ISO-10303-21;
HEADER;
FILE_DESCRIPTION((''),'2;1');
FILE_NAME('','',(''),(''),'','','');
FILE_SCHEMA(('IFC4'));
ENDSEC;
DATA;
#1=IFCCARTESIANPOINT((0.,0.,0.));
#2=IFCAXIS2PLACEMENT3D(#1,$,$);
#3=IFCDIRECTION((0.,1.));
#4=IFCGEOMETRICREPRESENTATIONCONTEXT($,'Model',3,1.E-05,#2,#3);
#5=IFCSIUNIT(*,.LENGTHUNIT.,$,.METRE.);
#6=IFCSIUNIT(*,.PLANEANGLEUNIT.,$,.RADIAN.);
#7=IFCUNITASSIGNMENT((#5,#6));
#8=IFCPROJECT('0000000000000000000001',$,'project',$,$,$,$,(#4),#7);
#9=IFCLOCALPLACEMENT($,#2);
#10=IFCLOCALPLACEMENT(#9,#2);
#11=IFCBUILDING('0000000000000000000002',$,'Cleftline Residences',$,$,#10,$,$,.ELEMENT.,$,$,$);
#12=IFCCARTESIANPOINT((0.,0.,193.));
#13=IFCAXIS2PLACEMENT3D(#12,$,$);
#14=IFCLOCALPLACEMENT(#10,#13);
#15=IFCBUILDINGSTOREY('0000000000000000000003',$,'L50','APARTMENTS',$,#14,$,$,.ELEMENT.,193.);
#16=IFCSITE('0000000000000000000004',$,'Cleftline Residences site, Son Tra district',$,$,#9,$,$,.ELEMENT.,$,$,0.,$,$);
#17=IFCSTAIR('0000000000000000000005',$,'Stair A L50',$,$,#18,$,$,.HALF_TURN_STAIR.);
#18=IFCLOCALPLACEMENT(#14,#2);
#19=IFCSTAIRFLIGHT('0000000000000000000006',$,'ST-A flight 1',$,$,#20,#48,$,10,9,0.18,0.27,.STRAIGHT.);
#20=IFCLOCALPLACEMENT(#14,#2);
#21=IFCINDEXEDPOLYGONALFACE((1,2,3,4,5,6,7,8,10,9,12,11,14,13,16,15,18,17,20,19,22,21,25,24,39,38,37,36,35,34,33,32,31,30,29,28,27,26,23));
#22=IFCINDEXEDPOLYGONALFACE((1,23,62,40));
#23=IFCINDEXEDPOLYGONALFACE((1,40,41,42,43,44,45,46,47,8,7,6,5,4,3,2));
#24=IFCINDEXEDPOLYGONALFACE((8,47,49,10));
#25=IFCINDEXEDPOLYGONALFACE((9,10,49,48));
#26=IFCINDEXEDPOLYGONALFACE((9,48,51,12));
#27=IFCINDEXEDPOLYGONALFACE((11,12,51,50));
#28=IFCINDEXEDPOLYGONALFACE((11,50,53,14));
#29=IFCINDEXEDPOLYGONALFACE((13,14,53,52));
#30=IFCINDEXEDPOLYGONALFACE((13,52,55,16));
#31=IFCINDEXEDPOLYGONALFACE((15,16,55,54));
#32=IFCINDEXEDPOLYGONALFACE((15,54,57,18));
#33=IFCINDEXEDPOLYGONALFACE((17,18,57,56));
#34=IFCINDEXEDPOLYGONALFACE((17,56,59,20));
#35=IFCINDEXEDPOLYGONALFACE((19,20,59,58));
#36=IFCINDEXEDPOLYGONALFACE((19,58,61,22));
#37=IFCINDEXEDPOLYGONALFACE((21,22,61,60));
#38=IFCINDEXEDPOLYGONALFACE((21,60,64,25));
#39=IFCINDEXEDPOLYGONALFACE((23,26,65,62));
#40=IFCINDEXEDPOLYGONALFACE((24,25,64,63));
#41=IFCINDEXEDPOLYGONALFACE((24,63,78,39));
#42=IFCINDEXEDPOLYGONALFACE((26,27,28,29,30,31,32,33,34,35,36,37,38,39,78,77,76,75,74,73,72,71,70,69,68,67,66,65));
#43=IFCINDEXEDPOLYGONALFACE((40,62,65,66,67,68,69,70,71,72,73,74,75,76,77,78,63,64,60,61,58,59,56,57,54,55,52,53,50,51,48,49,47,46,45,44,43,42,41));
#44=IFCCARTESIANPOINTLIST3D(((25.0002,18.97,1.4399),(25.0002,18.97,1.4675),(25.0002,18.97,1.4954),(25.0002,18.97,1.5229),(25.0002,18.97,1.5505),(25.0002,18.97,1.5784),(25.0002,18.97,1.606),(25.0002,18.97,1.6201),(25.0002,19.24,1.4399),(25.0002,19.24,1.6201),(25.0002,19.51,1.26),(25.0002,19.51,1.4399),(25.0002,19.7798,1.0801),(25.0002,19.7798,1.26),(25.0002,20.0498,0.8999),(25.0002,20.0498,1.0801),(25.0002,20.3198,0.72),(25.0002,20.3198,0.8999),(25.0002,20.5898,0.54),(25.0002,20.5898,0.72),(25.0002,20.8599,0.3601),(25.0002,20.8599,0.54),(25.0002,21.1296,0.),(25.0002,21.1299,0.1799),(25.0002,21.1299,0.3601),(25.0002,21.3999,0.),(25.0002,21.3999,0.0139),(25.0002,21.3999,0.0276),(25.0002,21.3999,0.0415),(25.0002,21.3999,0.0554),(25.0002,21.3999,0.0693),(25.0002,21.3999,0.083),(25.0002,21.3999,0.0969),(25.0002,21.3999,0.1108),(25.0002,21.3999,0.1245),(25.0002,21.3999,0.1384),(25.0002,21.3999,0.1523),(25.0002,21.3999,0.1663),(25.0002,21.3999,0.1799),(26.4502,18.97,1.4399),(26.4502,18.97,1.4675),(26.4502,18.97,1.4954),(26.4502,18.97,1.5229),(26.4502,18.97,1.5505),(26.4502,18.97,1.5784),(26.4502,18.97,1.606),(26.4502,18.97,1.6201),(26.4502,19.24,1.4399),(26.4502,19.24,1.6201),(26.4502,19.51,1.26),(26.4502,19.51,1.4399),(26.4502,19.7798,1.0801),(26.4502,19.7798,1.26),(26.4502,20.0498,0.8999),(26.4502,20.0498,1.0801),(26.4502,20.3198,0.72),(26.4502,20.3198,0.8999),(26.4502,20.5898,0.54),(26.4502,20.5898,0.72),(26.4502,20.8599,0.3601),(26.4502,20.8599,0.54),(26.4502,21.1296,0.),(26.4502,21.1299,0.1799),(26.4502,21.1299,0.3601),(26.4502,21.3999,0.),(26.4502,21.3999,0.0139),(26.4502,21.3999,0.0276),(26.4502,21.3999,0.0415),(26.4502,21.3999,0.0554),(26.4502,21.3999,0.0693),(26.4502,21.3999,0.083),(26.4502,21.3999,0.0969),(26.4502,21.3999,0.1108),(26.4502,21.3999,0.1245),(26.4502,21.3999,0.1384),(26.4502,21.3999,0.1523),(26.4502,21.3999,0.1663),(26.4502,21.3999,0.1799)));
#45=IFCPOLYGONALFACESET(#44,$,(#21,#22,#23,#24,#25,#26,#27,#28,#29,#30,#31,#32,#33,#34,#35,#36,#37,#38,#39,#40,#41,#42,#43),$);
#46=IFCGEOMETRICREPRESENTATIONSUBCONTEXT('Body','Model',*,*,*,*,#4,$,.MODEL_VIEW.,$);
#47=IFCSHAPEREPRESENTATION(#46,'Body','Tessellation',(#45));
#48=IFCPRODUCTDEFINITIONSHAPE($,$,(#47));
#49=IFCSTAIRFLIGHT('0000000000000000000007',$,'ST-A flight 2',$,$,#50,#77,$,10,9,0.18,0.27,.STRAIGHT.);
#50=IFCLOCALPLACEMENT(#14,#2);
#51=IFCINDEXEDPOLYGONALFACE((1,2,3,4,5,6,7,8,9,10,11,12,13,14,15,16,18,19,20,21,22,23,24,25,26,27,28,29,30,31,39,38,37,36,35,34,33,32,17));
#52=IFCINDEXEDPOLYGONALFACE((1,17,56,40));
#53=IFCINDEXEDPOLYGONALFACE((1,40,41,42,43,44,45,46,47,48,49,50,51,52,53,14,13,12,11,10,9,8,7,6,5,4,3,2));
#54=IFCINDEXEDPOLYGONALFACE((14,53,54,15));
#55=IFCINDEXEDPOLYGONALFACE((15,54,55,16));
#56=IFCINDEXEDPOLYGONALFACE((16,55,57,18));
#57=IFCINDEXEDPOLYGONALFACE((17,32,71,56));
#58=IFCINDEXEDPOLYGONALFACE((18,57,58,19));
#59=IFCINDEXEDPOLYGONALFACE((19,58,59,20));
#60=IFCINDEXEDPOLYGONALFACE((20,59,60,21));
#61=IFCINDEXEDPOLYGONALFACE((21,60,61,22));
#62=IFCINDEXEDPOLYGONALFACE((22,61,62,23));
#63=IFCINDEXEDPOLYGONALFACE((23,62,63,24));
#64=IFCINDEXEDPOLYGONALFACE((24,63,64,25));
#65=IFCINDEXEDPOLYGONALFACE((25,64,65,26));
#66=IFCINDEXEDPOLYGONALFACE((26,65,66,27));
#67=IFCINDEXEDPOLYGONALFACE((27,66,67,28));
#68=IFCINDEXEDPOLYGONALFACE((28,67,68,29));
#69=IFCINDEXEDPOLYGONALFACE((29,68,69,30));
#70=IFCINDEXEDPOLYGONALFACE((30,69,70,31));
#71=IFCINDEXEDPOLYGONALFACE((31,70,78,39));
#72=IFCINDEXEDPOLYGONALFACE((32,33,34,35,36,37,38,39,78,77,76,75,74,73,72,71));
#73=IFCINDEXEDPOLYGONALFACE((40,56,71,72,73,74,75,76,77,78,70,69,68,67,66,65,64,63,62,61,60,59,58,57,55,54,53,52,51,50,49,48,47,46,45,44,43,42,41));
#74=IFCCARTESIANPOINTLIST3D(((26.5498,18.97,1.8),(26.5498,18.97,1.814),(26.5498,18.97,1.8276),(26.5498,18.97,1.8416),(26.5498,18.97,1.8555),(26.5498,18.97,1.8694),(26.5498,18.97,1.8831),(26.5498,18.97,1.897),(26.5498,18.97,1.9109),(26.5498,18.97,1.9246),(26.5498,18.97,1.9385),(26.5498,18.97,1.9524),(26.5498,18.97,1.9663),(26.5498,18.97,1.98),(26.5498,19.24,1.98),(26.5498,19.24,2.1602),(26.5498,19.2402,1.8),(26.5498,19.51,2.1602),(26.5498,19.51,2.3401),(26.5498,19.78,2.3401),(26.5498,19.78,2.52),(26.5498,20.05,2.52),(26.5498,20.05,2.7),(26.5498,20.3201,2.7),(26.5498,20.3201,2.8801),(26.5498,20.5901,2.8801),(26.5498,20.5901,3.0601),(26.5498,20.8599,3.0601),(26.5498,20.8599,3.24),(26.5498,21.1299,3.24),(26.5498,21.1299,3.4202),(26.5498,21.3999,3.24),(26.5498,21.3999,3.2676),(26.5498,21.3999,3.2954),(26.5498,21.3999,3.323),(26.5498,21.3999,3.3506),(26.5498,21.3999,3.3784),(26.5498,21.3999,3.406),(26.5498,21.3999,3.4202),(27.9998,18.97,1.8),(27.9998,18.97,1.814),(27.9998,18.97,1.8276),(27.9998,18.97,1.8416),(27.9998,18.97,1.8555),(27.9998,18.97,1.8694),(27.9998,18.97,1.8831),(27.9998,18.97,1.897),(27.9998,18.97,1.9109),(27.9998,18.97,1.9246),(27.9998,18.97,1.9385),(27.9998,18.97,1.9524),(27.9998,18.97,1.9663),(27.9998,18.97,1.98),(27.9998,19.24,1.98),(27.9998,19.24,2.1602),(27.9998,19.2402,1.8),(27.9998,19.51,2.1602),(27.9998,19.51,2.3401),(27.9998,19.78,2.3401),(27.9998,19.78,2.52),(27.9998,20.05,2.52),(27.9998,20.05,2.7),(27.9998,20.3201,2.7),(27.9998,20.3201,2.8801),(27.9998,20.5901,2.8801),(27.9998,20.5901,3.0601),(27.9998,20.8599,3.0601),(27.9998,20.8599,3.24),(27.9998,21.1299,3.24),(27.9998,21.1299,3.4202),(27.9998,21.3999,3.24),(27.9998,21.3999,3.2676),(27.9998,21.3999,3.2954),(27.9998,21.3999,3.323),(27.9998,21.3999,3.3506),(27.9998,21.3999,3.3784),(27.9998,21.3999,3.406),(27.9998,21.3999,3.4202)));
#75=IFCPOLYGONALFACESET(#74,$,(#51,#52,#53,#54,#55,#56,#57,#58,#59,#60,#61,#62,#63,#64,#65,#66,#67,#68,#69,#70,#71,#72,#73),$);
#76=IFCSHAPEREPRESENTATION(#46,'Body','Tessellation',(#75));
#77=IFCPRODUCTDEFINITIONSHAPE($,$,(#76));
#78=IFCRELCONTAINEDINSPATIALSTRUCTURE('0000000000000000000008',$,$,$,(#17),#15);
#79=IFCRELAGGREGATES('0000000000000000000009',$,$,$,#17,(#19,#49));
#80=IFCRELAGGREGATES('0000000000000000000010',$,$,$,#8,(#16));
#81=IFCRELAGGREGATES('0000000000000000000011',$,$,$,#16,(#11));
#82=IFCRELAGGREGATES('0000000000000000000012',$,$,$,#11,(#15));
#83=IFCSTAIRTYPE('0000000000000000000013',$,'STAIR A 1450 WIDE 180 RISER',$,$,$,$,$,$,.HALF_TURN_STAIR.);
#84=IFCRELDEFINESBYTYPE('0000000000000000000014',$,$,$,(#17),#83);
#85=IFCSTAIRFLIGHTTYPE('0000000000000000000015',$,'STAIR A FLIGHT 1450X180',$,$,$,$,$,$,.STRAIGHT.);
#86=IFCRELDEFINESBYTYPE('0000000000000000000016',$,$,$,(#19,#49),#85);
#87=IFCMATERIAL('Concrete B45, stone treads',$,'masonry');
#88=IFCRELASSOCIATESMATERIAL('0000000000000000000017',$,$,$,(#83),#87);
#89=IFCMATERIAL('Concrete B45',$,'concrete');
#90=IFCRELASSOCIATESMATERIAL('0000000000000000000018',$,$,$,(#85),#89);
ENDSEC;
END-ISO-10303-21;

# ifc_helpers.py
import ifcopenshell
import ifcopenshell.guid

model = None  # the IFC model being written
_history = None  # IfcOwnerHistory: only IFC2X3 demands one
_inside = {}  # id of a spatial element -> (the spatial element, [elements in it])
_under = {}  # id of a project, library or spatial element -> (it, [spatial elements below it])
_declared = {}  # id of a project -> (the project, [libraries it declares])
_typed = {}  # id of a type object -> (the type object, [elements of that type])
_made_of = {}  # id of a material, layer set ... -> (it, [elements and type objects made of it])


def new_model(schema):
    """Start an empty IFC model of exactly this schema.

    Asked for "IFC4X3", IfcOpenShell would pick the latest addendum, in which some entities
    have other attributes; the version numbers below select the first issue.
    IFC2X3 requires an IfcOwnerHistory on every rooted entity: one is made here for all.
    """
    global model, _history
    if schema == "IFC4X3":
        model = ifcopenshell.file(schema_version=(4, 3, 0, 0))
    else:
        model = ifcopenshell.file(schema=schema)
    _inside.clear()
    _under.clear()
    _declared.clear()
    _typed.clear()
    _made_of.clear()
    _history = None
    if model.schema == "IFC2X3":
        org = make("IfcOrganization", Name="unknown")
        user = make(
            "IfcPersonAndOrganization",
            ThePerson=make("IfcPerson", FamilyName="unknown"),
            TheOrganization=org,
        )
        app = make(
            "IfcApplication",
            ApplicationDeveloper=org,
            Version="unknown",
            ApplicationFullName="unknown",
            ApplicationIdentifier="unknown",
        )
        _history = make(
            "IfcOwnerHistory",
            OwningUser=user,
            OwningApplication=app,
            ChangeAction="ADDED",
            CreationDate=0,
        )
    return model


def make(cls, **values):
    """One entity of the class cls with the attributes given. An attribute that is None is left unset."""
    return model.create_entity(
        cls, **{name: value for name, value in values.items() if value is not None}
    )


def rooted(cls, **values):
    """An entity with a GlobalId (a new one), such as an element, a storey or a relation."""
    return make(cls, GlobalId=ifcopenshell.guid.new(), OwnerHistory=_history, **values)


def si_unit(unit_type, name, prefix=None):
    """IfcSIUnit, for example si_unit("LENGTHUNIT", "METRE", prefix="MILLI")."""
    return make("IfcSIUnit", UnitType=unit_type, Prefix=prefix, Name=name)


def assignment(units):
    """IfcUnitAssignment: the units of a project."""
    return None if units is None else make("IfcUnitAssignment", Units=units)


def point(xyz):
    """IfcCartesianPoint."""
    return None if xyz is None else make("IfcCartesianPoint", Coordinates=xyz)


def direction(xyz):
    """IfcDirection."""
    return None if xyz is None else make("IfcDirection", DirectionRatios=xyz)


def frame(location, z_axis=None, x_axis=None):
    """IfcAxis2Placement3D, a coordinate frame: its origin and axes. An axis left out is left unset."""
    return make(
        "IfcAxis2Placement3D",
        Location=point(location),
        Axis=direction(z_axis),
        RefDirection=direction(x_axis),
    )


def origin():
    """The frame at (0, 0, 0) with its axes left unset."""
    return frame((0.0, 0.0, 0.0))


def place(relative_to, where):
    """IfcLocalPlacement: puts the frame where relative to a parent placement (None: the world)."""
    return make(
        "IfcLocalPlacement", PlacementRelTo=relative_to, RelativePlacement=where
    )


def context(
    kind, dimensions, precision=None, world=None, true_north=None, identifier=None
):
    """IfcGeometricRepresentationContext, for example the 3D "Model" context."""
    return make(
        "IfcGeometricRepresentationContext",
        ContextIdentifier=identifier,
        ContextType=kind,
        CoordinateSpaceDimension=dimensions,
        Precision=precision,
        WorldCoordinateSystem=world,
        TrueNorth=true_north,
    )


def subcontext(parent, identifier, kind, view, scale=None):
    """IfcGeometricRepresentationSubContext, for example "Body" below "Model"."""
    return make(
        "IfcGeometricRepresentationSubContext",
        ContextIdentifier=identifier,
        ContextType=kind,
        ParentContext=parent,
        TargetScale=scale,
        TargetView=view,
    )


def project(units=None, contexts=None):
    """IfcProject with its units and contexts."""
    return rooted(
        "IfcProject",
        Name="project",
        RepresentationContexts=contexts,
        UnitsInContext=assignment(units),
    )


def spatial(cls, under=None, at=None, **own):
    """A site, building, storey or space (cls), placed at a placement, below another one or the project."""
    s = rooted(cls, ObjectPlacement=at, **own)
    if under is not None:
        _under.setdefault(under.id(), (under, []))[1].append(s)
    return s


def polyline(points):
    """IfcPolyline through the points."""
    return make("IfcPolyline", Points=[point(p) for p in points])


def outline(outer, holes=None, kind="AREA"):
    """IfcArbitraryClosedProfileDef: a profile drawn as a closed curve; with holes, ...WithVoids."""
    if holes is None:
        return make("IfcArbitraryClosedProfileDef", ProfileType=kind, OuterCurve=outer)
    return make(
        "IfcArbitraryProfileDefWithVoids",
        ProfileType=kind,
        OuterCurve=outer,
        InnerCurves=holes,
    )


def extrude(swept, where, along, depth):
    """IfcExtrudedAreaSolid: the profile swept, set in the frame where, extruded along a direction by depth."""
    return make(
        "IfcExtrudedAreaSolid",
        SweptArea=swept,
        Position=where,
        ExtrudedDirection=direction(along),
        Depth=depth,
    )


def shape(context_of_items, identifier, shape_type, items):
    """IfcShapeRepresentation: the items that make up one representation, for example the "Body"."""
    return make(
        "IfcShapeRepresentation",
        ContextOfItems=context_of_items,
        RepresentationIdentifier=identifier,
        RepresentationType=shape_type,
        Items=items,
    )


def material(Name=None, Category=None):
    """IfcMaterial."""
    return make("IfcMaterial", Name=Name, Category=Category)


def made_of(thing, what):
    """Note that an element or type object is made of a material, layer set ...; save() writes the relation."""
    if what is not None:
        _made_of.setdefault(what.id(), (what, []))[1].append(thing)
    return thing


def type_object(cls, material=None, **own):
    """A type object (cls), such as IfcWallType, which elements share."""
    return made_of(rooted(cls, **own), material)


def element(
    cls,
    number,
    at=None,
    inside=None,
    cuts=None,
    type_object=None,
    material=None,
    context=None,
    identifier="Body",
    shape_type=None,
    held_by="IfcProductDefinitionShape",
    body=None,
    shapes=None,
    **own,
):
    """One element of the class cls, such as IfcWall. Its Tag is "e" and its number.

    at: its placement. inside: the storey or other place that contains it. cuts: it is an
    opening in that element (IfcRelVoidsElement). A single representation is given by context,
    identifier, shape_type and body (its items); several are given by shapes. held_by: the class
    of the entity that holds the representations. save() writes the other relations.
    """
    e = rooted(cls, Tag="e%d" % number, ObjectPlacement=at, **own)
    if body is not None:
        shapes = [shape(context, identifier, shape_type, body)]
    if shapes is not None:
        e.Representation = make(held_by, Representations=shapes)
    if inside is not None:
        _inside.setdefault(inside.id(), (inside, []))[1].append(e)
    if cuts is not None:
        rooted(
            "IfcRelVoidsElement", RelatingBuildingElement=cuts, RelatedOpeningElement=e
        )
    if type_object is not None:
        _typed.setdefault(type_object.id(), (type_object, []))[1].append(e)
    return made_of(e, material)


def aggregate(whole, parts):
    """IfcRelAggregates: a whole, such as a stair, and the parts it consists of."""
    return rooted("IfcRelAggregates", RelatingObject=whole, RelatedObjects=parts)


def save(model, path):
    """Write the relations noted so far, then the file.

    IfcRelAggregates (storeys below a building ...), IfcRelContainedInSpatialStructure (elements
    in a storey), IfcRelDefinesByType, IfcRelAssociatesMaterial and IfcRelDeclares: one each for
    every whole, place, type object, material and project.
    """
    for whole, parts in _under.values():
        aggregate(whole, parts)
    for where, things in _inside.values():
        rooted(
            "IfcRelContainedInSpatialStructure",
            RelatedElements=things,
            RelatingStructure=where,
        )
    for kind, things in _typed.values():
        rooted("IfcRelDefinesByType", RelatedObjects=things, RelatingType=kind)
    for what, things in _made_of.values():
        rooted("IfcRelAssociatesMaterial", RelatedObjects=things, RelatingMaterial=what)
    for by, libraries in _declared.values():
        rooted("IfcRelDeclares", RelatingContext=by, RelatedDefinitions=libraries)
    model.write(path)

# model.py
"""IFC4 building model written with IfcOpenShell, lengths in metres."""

from ifc_helpers import new_model, si_unit, direction, frame, origin, place, context, subcontext, project, spatial, polyline, outline, extrude, material, type_object, element, aggregate, save


model = new_model("IFC4")

# Units and contexts
model_context = context("Model", 3, precision=1e-05, world=origin(), true_north=direction((0.0, 1.0)))
body_context = subcontext(model_context, "Body", "Model", "MODEL_VIEW")
ifc_project = project(units=[si_unit("LENGTHUNIT", "METRE"), si_unit("PLANEANGLEUNIT", "RADIAN")], contexts=[model_context])

# Site, building, storey
site_placement = place(None, origin())
site = spatial("IfcSite", under=ifc_project, at=site_placement, Name="Cleftline Residences site, Son Tra district", CompositionType="ELEMENT", RefElevation=0.0)
building_placement = place(site_placement, origin())
building = spatial("IfcBuilding", under=site, at=building_placement, Name="Cleftline Residences", CompositionType="ELEMENT")
storey_placement = place(building_placement, frame((0.0, 0.0, 193.0)))
storey = spatial("IfcBuildingStorey", under=building, at=storey_placement, Name="L50", Description="APARTMENTS", CompositionType="ELEMENT", Elevation=193.0)

# Stair, stair flights
ifc_material_1 = material(Name="Concrete B45, stone treads", Category="masonry")
stair_type = type_object("IfcStairType", Name="STAIR A 1450 WIDE 180 RISER", PredefinedType="HALF_TURN_STAIR", material=ifc_material_1)
stair_placement = place(storey_placement, origin())
stair = element("IfcStair", 1, at=stair_placement, inside=storey, type_object=stair_type, Name="Stair A L50", PredefinedType="HALF_TURN_STAIR")
ifc_material_2 = material(Name="Concrete B45", Category="concrete")
stair_flight_type = type_object("IfcStairFlightType", Name="STAIR A FLIGHT 1450X180", PredefinedType="STRAIGHT", material=ifc_material_2)
stair_flight_1_placement = place(storey_placement, frame((25.7251, 21.3999, 0.0), z_axis=(0.0, 0.0, 1.0), x_axis=(0.0, -1.0, 0.0)))
stair_flight_1 = element("IfcStairFlight", 2, at=stair_flight_1_placement, type_object=stair_flight_type, Name="ST-A flight 1", NumberOfRisers=10, NumberOfTreads=9, PredefinedType="STRAIGHT", RiserHeight=0.18, TreadLength=0.27, context=body_context, shape_type="SweptSolid", body=[
    extrude(outline(polyline([(0.0, 0.0), (0.0, 0.0139), (0.0, 0.0276), (0.0, 0.0415), (0.0, 0.0554), (0.0, 0.0693), (0.0, 0.083), (0.0, 0.0969), (0.0, 0.1108), (0.0, 0.1245), (0.0, 0.1384), (0.0, 0.1523), (0.0, 0.1663), (0.0, 0.1799), (0.27, 0.1799), (0.27, 0.3601), (0.54, 0.3601), (0.54, 0.54), (0.8101, 0.54), (0.8101, 0.72), (1.0801, 0.72), (1.0801, 0.8999), (1.3501, 0.8999), (1.3501, 1.0801), (1.6201, 1.0801), (1.6201, 1.26), (1.8899, 1.26), (1.8899, 1.4399), (2.1599, 1.4399), (2.1599, 1.6201), (2.4299, 1.6201), (2.4299, 1.8), (2.4299, 1.7722), (2.4299, 1.7446), (2.4299, 1.7168), (2.4299, 1.6892), (2.4299, 1.6614), (2.4299, 1.6338), (2.4299, 1.606), (2.4299, 1.5784), (2.4299, 1.5505), (2.4299, 1.5229), (2.4299, 1.4954), (2.4299, 1.4675), (2.4299, 1.4399), (0.2703, 0.0), (0.0, 0.0)])), frame((0.0, 0.7251, 0.0), z_axis=(0.0, -1.0, 0.0), x_axis=(1.0, 0.0, 0.0)), (0.0, 0.0, 1.0), 1.45),
])
stair_flight_2_placement = place(storey_placement, frame((27.2749, 18.97, 1.8), z_axis=(0.0, 0.0, 1.0), x_axis=(0.0, 1.0, 0.0)))
stair_flight_2 = element("IfcStairFlight", 3, at=stair_flight_2_placement, type_object=stair_flight_type, Name="ST-A flight 2", NumberOfRisers=10, NumberOfTreads=9, PredefinedType="STRAIGHT", RiserHeight=0.18, TreadLength=0.27, context=body_context, shape_type="SweptSolid", body=[
    extrude(outline(polyline([(0.0, 0.0), (0.0, 0.0139), (0.0, 0.0276), (0.0, 0.0415), (0.0, 0.0554), (0.0, 0.0693), (0.0, 0.083), (0.0, 0.0969), (0.0, 0.1108), (0.0, 0.1245), (0.0, 0.1384), (0.0, 0.1523), (0.0, 0.1663), (0.0, 0.1799), (0.27, 0.1799), (0.27, 0.3601), (0.54, 0.3601), (0.54, 0.54), (0.8101, 0.54), (0.8101, 0.72), (1.0801, 0.72), (1.0801, 0.8999), (1.3501, 0.8999), (1.3501, 1.0801), (1.6201, 1.0801), (1.6201, 1.26), (1.8899, 1.26), (1.8899, 1.4399), (2.1599, 1.4399), (2.1599, 1.6201), (2.4299, 1.6201), (2.4299, 1.8), (2.4299, 1.7722), (2.4299, 1.7446), (2.4299, 1.7168), (2.4299, 1.6892), (2.4299, 1.6614), (2.4299, 1.6338), (2.4299, 1.606), (2.4299, 1.5784), (2.4299, 1.5505), (2.4299, 1.5229), (2.4299, 1.4954), (2.4299, 1.4675), (2.4299, 1.4399), (0.2703, 0.0), (0.0, 0.0)])), frame((0.0, 0.7251, 0.0), z_axis=(0.0, -1.0, 0.0), x_axis=(1.0, 0.0, 0.0)), (0.0, 0.0, 1.0), 1.45),
])
aggregate(stair, [stair_flight_1, stair_flight_2])

save(model, "model.ifc")
